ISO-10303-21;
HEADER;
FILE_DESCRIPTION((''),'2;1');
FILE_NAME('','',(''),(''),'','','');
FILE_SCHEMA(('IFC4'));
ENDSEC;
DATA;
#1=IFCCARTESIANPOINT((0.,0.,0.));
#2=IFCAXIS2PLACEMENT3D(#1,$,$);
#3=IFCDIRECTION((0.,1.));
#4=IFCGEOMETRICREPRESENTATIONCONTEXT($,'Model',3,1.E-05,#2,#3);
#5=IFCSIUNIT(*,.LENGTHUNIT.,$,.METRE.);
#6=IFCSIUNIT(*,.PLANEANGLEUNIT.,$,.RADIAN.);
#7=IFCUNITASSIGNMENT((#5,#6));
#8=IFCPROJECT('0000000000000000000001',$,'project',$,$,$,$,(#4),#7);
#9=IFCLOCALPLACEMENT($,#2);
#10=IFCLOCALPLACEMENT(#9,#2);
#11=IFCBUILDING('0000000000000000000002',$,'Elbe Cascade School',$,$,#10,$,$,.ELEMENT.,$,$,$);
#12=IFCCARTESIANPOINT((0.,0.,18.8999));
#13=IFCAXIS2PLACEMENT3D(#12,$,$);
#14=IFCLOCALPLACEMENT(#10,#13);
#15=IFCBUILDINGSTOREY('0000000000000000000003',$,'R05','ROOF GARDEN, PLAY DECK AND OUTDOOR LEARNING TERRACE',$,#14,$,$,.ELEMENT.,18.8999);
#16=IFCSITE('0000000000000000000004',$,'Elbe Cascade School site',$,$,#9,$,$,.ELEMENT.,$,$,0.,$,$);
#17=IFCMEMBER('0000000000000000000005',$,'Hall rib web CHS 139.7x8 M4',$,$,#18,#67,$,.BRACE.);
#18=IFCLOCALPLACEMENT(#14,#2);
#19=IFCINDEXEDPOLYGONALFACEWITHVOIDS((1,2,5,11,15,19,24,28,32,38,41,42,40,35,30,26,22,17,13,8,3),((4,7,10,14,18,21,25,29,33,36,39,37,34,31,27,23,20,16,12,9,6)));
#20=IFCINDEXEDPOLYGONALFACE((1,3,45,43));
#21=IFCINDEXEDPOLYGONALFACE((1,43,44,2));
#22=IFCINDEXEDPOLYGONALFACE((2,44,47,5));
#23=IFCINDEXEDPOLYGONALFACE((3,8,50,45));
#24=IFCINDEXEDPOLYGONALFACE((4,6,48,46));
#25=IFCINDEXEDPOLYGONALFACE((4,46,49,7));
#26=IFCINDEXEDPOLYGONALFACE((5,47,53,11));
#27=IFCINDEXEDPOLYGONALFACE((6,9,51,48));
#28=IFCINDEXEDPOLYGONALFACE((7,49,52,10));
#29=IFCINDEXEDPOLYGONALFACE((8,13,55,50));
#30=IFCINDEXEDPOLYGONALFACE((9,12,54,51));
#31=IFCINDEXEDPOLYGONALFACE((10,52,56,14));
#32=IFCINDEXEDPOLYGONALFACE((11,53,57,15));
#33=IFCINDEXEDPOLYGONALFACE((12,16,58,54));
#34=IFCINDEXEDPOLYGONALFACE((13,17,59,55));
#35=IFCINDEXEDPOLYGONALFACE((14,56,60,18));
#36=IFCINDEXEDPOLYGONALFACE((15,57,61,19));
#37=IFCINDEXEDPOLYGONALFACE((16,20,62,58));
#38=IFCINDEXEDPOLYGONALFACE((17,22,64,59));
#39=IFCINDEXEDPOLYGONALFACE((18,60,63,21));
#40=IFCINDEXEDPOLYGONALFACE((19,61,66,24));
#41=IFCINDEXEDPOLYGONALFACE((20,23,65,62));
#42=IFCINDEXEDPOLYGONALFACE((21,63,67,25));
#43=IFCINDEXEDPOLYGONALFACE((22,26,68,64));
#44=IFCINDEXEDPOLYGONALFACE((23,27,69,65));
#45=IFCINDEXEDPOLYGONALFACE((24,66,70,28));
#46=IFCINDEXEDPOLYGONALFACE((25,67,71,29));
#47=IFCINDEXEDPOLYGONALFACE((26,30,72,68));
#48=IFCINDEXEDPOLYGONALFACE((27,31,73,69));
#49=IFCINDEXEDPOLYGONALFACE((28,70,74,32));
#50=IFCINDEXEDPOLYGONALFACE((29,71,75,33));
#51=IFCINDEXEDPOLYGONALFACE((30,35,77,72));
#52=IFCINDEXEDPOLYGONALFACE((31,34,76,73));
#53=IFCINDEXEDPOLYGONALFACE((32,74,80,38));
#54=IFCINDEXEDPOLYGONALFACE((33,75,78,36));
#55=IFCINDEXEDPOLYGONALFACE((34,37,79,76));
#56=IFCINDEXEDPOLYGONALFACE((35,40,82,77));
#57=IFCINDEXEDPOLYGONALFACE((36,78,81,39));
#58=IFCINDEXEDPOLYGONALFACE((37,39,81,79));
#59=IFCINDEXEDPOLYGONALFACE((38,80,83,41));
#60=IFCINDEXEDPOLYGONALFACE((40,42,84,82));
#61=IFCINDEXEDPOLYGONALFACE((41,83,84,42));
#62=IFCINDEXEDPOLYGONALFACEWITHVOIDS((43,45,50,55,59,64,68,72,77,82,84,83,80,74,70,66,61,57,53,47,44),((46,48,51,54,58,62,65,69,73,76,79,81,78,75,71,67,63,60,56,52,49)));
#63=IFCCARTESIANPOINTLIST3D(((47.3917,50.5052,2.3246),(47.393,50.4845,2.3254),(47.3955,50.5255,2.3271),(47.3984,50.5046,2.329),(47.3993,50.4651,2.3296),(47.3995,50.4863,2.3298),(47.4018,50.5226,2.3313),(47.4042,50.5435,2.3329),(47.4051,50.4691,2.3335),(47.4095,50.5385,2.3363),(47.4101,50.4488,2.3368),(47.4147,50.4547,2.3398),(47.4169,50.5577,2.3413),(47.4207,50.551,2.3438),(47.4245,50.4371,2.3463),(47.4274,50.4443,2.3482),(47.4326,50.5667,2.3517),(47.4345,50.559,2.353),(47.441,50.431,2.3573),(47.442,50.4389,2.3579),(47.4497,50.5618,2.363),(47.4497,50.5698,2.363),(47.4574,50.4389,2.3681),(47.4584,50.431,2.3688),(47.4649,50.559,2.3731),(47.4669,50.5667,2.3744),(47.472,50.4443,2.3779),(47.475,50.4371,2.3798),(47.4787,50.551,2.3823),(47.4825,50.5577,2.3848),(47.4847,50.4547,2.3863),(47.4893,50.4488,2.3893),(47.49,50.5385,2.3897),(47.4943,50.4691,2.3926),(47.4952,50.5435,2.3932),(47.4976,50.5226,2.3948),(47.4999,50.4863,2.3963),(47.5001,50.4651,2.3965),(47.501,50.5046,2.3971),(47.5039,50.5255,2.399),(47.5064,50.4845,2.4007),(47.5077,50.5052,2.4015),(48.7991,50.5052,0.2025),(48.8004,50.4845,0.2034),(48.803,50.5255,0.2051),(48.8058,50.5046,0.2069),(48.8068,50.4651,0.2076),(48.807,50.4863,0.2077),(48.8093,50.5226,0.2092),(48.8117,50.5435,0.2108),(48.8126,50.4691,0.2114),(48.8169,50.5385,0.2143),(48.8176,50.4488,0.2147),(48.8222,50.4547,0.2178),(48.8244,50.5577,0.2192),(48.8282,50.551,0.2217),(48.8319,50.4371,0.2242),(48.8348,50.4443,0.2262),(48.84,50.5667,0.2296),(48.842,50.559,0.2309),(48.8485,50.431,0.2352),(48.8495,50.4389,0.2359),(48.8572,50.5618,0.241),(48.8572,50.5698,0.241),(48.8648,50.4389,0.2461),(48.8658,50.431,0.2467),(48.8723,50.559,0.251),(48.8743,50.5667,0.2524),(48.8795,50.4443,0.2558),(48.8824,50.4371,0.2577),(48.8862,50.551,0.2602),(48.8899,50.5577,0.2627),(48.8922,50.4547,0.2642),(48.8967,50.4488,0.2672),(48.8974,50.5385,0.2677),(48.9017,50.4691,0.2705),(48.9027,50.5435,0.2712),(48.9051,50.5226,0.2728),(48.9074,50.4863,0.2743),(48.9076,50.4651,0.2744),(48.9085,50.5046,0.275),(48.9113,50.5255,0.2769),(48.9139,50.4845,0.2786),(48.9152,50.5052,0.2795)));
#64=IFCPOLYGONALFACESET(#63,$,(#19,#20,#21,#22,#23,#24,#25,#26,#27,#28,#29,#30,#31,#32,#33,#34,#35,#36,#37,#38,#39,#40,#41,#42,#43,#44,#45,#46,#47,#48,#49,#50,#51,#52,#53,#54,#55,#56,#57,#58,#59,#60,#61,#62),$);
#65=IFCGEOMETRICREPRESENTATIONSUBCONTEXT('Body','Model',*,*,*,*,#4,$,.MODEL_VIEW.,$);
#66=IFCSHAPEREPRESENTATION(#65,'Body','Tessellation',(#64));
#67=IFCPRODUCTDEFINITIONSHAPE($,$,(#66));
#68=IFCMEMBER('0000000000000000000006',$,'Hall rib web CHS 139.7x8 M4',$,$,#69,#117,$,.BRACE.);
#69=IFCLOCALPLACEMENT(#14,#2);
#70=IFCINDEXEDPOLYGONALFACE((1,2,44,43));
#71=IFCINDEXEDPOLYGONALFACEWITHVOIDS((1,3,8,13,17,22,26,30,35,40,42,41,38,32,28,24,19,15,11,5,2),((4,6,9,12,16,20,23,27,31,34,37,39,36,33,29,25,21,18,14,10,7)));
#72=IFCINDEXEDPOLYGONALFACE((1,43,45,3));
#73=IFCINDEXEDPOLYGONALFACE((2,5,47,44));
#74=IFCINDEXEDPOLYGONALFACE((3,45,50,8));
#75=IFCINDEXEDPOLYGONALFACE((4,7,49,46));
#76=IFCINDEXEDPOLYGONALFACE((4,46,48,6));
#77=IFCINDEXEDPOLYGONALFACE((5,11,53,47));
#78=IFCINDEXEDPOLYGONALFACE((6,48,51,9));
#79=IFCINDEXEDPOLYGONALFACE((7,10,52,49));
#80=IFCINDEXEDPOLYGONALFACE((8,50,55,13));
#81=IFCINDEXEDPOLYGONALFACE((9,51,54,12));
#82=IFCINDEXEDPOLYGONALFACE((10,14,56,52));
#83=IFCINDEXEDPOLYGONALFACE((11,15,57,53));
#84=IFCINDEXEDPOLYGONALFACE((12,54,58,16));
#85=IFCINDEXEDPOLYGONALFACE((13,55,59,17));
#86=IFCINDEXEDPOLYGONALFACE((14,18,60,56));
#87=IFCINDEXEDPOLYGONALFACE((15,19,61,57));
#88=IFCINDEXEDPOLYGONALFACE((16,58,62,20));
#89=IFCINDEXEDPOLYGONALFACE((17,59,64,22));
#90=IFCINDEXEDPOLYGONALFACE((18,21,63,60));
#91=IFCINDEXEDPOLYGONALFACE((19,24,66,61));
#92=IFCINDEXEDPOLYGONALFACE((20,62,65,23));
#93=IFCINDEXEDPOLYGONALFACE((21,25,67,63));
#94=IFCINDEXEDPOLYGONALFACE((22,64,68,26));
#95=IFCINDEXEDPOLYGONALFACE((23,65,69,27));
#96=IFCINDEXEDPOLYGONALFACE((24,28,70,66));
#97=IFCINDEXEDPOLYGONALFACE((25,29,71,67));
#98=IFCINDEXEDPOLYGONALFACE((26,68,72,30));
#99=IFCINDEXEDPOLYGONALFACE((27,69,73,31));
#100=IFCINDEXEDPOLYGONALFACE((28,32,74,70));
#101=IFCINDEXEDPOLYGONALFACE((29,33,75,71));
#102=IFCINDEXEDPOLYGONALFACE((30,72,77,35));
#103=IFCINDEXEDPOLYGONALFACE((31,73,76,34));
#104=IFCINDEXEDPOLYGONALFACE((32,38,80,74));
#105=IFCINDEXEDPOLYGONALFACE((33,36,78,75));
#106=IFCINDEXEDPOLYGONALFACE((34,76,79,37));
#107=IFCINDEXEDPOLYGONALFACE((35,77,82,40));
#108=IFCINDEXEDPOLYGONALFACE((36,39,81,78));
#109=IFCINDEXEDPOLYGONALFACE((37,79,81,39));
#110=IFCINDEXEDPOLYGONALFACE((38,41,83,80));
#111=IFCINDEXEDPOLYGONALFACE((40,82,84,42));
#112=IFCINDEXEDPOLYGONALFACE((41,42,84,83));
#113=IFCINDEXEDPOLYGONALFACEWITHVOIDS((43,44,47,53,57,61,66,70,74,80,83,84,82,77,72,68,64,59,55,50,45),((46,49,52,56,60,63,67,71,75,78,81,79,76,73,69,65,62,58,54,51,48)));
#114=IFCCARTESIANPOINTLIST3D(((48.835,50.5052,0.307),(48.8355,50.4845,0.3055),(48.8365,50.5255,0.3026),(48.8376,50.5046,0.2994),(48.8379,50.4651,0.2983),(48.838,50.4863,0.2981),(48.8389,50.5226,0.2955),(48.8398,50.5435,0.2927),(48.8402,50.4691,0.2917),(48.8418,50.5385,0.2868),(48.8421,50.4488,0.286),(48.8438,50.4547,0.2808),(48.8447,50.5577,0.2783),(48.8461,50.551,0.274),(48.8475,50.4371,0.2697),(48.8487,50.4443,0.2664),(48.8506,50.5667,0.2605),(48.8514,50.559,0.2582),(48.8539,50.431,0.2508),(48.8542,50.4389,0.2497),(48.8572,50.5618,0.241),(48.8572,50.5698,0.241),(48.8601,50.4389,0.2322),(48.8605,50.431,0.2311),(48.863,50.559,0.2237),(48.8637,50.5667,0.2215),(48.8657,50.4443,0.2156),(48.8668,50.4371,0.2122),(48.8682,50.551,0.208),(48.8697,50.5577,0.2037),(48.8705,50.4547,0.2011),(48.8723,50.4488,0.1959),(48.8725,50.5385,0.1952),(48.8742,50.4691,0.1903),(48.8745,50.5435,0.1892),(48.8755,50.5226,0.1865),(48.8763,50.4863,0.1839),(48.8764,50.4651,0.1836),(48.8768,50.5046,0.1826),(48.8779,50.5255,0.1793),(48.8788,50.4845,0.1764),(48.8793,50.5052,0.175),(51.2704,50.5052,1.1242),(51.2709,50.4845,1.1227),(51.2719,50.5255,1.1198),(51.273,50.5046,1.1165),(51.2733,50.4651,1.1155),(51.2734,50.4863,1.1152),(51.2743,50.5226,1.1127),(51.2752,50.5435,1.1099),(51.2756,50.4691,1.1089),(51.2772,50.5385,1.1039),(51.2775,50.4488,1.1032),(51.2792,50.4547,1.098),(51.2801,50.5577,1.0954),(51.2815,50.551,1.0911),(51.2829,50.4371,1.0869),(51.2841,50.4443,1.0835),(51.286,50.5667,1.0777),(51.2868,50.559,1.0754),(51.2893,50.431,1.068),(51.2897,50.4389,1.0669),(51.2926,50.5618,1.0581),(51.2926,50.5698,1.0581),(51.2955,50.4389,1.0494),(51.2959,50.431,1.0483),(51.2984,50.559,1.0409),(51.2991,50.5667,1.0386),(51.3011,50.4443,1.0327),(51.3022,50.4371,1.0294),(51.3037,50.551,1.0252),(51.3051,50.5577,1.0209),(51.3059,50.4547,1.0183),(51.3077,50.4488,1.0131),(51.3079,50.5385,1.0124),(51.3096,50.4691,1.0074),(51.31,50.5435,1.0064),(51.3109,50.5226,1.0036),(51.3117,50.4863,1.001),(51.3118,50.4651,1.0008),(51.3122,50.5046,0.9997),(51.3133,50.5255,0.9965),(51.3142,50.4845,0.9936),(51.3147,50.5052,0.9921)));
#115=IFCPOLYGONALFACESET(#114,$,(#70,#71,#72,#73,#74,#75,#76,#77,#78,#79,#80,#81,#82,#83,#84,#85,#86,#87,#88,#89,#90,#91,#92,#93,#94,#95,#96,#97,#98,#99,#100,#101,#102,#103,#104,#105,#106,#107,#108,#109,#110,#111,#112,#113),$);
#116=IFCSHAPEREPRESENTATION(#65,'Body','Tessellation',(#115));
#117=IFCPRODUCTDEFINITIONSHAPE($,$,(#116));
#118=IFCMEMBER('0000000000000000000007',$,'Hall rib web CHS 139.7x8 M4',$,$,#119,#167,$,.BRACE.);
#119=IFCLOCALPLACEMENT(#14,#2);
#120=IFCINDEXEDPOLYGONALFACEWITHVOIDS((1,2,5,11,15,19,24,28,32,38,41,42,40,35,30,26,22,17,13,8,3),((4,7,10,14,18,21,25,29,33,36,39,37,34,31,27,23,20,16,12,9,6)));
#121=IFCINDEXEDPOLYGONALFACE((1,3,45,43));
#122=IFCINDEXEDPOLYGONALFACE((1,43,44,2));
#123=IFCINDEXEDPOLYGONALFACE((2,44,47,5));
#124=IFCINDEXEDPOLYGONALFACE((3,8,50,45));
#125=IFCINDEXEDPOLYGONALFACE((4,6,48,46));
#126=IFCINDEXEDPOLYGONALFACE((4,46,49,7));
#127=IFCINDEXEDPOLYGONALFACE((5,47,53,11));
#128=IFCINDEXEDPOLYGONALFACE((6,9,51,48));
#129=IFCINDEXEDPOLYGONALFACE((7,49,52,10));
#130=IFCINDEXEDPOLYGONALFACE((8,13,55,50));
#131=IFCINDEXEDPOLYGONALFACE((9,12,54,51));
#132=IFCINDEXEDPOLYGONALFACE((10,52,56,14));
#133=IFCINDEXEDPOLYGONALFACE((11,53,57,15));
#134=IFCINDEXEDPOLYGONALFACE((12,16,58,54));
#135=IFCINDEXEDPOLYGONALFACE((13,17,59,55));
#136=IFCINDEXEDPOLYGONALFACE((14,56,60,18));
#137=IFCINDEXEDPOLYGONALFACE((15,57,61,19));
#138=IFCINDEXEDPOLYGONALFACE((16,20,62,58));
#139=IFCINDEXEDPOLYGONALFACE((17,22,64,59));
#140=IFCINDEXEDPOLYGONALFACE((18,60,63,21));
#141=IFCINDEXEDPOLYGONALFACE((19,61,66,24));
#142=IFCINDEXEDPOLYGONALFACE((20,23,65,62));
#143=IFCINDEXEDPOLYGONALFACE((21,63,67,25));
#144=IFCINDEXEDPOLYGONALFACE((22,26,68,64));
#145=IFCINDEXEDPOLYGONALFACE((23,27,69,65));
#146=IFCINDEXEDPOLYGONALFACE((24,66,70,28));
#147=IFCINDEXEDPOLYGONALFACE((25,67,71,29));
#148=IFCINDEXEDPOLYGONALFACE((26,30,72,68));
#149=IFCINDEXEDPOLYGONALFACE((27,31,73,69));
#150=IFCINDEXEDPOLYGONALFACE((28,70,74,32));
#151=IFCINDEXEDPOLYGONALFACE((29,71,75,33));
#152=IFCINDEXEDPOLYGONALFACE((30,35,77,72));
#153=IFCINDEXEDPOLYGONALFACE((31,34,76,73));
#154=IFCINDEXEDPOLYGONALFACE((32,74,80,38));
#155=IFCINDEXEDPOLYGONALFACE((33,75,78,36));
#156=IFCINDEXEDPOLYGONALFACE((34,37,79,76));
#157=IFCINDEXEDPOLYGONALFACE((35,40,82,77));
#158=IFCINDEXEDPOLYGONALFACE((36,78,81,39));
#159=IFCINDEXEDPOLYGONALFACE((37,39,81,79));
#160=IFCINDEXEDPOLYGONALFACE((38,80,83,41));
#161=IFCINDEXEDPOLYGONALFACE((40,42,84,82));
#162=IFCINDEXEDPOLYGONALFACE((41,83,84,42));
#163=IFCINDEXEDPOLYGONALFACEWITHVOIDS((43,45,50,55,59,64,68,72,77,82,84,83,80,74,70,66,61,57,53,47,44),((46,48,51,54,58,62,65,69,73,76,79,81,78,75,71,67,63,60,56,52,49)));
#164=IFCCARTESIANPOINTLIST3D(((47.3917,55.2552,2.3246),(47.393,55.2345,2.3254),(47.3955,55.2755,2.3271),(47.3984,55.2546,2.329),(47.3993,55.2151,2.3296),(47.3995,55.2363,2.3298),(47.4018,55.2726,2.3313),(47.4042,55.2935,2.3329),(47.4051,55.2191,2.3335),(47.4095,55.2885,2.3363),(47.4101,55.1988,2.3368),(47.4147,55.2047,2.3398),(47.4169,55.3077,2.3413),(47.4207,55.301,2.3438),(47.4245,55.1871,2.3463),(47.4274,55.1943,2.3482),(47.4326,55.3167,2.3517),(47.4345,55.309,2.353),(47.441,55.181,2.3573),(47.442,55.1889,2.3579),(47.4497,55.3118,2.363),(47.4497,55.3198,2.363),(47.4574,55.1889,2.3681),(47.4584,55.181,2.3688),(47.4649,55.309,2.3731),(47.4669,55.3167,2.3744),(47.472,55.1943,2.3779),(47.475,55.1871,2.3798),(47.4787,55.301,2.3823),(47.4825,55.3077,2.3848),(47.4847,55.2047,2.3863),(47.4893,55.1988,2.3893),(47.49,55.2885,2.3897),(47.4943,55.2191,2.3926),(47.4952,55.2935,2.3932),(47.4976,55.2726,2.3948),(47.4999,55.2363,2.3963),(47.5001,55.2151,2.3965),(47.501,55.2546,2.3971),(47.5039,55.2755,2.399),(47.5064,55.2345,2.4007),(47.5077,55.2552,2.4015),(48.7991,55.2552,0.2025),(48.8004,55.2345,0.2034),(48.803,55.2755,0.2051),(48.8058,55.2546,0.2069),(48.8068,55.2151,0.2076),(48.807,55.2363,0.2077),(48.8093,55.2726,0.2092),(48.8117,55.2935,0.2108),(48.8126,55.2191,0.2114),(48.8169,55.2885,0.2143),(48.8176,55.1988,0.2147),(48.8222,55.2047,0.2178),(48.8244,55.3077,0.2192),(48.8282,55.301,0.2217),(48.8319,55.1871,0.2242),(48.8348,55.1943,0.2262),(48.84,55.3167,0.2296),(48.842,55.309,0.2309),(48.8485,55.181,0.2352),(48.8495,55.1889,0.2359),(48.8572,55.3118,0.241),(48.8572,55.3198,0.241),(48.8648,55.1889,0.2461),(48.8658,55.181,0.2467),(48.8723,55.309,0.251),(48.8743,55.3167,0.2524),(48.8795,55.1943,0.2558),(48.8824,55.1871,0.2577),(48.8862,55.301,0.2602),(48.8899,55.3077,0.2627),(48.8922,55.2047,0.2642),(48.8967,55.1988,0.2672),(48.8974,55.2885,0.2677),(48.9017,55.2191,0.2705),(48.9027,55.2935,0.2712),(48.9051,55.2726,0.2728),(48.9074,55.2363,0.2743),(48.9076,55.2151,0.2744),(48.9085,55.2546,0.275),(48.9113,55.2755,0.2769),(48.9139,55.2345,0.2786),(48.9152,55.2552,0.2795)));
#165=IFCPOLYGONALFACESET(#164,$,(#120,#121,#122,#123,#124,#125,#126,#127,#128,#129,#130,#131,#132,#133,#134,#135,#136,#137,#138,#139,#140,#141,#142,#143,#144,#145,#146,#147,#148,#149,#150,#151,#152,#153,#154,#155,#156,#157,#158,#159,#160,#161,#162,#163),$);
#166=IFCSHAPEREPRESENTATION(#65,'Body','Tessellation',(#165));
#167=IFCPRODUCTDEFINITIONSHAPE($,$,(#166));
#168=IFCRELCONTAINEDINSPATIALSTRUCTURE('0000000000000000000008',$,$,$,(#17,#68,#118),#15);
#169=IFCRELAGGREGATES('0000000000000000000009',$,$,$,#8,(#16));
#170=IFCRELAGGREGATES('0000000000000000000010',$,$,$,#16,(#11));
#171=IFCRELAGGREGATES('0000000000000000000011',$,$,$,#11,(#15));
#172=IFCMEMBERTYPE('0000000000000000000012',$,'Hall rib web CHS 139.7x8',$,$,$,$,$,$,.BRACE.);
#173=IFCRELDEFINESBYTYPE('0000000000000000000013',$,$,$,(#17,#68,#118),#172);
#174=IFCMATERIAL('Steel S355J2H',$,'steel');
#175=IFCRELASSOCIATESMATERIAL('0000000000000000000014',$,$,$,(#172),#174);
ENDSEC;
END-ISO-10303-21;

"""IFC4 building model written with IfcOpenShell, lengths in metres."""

from ifc_helpers import new_model, si_unit, direction, frame, origin, origin_2d, place, context, subcontext, project, spatial, hollow_circle, extrude, material, material_profile, profile_set, type_object, element, save


model = new_model("IFC4")

# Units and contexts
model_context = context("Model", 3, precision=1e-05, world=origin(), true_north=direction((0.0, 1.0)))
body_context = subcontext(model_context, "Body", "Model", "MODEL_VIEW")
ifc_project = project(units=[si_unit("LENGTHUNIT", "METRE"), si_unit("PLANEANGLEUNIT", "RADIAN")], contexts=[model_context])

# Site, building, storey
site_placement = place(None, origin())
site = spatial("IfcSite", under=ifc_project, at=site_placement, Name="Elbe Cascade School site", CompositionType="ELEMENT", RefElevation=0.0)
building_placement = place(site_placement, origin())
building = spatial("IfcBuilding", under=site, at=building_placement, Name="Elbe Cascade School", CompositionType="ELEMENT")
storey_placement = place(building_placement, frame((0.0, 0.0, 18.8999)))
storey = spatial("IfcBuildingStorey", under=building, at=storey_placement, Name="R05", Description="ROOF GARDEN, PLAY DECK AND OUTDOOR LEARNING TERRACE", CompositionType="ELEMENT", Elevation=18.8999)

# Members
ifc_material_1 = material(Name="Steel S355J2H", Category="steel")
ifc_material_profile_1 = material_profile(ifc_material_1, hollow_circle(Radius=0.0698, WallThickness=0.0081, at=origin_2d()), Name="CHS 139.7x8")
ifc_profile_set_1 = profile_set([ifc_material_profile_1], Name="Steel S355J2H")
member_type_1 = type_object("IfcMemberType", Name="Hall rib web CHS 139.7x8", PredefinedType="BRACE", material=ifc_profile_set_1)
member_1_placement = place(storey_placement, frame((47.4497, 50.5, 2.363), z_axis=(0.552729, 0.0, -0.833361), x_axis=(0.0, 1.0, 0.0)))
element("IfcMember", 1, at=member_1_placement, inside=storey, type_object=member_type_1, Name="Hall rib web CHS 139.7x8 M4", PredefinedType="BRACE", context=body_context, shape_type="SweptSolid", body=[
    extrude(hollow_circle(Radius=0.0698, WallThickness=0.0081, at=origin_2d()), origin(), (0.0, 0.0, 1.0), 2.5464),
])
member_2_placement = place(storey_placement, frame((48.8572, 50.5, 0.241), z_axis=(0.948054, 0.0, 0.318109), x_axis=(0.0, 1.0, 0.0)))
element("IfcMember", 2, at=member_2_placement, inside=storey, type_object=member_type_1, Name="Hall rib web CHS 139.7x8 M4", PredefinedType="BRACE", context=body_context, shape_type="SweptSolid", body=[
    extrude(hollow_circle(Radius=0.0698, WallThickness=0.0081, at=origin_2d()), origin(), (0.0, 0.0, 1.0), 2.5688),
])
member_3_placement = place(storey_placement, frame((47.4497, 55.25, 2.363), z_axis=(0.552729, 0.0, -0.833361), x_axis=(0.0, 1.0, 0.0)))
element("IfcMember", 3, at=member_3_placement, inside=storey, type_object=member_type_1, Name="Hall rib web CHS 139.7x8 M4", PredefinedType="BRACE", context=body_context, shape_type="SweptSolid", body=[
    extrude(hollow_circle(Radius=0.0698, WallThickness=0.0081, at=origin_2d()), origin(), (0.0, 0.0, 1.0), 2.5464),
])

save(model, "model.ifc")
